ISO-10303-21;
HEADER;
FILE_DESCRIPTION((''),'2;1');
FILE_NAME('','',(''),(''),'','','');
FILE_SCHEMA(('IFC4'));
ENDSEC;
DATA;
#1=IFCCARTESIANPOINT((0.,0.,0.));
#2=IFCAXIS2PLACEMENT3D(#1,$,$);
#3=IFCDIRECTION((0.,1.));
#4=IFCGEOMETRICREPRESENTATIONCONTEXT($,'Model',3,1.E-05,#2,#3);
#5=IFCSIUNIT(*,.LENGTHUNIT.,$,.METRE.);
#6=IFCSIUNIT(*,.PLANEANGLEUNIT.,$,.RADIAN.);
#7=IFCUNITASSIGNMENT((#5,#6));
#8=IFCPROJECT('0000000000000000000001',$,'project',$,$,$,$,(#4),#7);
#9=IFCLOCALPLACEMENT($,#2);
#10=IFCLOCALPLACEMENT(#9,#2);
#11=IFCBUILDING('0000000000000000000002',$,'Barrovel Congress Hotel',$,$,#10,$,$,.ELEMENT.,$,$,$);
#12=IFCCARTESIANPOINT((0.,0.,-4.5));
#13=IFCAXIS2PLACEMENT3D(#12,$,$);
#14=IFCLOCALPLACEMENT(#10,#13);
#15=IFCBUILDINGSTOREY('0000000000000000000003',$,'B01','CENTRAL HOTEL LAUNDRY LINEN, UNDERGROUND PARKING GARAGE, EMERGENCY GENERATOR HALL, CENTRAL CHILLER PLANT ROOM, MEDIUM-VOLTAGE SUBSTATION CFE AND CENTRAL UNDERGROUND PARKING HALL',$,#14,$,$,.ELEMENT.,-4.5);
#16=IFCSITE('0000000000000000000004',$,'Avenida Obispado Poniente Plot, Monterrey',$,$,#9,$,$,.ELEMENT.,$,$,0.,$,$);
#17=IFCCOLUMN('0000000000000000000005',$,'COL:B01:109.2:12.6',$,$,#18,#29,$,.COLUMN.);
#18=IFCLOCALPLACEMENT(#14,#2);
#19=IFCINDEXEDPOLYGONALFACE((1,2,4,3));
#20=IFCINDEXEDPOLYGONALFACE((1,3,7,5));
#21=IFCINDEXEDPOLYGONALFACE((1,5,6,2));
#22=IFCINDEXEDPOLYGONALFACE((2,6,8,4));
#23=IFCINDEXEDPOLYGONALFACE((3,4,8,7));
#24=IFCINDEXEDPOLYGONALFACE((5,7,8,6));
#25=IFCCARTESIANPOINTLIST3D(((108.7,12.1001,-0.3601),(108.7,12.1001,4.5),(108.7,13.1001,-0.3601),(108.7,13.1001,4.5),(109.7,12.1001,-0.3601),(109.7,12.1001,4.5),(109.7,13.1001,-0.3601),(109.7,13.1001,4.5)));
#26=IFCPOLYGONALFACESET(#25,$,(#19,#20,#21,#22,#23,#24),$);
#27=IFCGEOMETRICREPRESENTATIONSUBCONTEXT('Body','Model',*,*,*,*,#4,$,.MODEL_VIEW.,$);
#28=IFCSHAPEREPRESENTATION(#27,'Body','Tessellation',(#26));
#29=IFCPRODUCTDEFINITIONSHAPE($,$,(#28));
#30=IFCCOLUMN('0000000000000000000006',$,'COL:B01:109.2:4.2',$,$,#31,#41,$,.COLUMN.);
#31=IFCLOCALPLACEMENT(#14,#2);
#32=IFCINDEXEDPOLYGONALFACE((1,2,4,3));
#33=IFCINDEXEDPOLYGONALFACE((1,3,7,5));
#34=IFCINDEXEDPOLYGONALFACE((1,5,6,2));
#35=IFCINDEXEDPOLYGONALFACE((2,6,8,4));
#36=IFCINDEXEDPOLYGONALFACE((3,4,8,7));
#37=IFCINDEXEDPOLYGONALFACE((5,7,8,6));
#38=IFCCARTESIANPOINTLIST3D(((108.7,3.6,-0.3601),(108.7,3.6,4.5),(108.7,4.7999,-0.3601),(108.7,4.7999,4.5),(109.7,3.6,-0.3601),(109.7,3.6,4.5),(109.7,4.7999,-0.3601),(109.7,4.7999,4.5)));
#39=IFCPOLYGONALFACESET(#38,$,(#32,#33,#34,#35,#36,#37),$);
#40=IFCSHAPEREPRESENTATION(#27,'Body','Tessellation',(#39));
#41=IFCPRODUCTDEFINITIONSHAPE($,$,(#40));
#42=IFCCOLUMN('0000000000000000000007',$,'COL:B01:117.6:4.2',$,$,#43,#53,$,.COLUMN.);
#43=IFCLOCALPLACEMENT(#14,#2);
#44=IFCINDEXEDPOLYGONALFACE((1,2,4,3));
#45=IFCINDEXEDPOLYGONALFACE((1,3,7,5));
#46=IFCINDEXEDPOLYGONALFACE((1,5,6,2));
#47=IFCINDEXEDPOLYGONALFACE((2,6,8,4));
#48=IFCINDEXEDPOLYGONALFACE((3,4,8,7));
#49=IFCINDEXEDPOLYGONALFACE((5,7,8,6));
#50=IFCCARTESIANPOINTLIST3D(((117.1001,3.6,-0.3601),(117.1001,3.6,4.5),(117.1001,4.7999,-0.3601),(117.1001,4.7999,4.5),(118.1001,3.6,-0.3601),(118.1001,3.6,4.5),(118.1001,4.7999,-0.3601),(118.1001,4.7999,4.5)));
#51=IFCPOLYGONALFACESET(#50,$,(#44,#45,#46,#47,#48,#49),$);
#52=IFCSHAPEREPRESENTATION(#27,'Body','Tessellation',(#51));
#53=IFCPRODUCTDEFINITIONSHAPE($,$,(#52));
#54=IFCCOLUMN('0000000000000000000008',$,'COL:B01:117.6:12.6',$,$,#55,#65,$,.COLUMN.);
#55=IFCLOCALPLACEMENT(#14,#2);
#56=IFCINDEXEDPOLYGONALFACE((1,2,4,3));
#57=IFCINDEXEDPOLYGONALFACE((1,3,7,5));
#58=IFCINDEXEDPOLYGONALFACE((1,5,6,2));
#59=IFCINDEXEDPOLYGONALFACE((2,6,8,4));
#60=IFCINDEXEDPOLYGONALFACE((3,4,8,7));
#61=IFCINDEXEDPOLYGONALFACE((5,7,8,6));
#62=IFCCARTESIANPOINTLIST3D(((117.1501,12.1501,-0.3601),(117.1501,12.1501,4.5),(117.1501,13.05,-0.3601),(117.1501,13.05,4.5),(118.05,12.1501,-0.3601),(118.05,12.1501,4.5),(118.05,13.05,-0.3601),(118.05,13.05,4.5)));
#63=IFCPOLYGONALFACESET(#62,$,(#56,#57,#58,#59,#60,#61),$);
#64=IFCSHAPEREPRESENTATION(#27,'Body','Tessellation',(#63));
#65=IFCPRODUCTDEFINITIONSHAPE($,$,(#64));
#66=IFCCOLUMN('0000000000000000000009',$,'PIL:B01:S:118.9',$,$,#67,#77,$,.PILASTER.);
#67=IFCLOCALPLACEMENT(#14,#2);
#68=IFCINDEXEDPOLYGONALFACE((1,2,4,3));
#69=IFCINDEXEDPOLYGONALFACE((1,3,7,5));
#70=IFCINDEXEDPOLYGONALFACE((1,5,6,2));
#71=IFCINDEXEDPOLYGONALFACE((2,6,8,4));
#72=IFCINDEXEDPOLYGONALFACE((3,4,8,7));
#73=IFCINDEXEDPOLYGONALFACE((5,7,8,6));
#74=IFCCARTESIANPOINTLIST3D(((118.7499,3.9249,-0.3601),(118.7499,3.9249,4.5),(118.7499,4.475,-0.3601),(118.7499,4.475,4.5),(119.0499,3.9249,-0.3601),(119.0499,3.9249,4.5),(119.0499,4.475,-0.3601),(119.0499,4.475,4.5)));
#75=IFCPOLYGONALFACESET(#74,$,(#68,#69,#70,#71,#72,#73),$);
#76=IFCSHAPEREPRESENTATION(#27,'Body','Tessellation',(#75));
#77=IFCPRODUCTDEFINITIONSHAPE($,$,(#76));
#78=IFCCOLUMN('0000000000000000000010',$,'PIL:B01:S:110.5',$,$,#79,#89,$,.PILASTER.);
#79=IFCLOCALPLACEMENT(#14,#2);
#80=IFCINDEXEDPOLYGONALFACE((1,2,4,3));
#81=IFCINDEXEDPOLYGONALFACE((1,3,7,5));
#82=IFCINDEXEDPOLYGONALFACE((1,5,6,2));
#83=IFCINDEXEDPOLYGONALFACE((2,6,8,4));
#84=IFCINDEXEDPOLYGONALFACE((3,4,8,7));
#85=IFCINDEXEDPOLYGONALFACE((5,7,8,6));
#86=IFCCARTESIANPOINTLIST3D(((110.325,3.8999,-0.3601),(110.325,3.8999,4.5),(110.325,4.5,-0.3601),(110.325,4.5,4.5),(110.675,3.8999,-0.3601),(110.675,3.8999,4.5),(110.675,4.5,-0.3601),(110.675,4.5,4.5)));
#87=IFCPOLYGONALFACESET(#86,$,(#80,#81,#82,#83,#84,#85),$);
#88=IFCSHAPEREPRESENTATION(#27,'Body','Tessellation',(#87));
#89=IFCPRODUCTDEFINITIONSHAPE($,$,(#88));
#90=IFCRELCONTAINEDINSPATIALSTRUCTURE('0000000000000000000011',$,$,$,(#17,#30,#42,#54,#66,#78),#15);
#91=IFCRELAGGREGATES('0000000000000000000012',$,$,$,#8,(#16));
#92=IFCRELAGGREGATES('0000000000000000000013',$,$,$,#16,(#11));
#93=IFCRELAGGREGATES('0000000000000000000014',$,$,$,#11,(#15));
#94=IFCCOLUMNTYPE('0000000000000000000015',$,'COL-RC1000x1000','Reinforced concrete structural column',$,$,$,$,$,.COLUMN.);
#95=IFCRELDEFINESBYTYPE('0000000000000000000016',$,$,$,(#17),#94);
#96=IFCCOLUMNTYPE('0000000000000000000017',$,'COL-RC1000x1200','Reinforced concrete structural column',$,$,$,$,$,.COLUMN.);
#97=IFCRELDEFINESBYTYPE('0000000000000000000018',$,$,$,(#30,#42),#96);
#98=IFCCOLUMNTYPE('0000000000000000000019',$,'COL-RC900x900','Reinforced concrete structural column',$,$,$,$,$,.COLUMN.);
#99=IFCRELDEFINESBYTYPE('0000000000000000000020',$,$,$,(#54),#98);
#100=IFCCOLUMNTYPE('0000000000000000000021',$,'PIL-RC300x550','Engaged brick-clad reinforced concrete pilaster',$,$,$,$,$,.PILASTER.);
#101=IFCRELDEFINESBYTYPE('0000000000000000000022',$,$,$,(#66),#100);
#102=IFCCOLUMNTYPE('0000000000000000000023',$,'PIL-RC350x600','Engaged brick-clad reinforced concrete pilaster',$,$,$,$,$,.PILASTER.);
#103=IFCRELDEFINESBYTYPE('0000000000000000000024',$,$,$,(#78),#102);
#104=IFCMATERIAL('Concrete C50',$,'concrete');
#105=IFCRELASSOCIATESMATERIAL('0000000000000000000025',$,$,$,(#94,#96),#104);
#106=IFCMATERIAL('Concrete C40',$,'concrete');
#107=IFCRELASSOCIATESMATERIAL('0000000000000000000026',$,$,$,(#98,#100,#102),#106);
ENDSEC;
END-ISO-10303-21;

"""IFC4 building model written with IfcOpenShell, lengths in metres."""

from ifc_helpers import new_model, si_unit, direction, frame, origin, origin_2d, place, context, subcontext, project, spatial, rectangle, extrude, material, material_profile, profile_set, type_object, element, save


model = new_model("IFC4")

# Units and contexts
model_context = context("Model", 3, precision=1e-05, world=origin(), true_north=direction((0.0, 1.0)))
body_context = subcontext(model_context, "Body", "Model", "MODEL_VIEW")
ifc_project = project(units=[si_unit("LENGTHUNIT", "METRE"), si_unit("PLANEANGLEUNIT", "RADIAN")], contexts=[model_context])

# Site, building, storey
site_placement = place(None, origin())
site = spatial("IfcSite", under=ifc_project, at=site_placement, Name="Avenida Obispado Poniente Plot, Monterrey", CompositionType="ELEMENT", RefElevation=0.0)
building_placement = place(site_placement, origin())
building = spatial("IfcBuilding", under=site, at=building_placement, Name="Barrovel Congress Hotel", CompositionType="ELEMENT")
storey_placement = place(building_placement, frame((0.0, 0.0, -4.5)))
storey = spatial("IfcBuildingStorey", under=building, at=storey_placement, Name="B01", Description="CENTRAL HOTEL LAUNDRY LINEN, UNDERGROUND PARKING GARAGE, EMERGENCY GENERATOR HALL, CENTRAL CHILLER PLANT ROOM, MEDIUM-VOLTAGE SUBSTATION CFE AND CENTRAL UNDERGROUND PARKING HALL", CompositionType="ELEMENT", Elevation=-4.5)

# Shared definitions
ifc_material_1 = material(Name="Concrete C40", Category="concrete")

# Columns
ifc_material_2 = material(Name="Concrete C50", Category="concrete")
ifc_material_profile_1 = material_profile(ifc_material_2, rectangle(XDim=1.0, YDim=1.0, at=origin_2d()), Name="RC1000x1000")
ifc_profile_set_1 = profile_set([ifc_material_profile_1], Name="Concrete C50")
column_type_1 = type_object("IfcColumnType", Name="COL-RC1000x1000", Description="Reinforced concrete structural column", PredefinedType="COLUMN", material=ifc_profile_set_1)
column_1_placement = place(storey_placement, frame((109.2, 12.6001, -0.3601), z_axis=(0.0, 0.0, 1.0), x_axis=(1.0, 0.0, 0.0)))
element("IfcColumn", 1, at=column_1_placement, inside=storey, type_object=column_type_1, Name="COL:B01:109.2:12.6", PredefinedType="COLUMN", context=body_context, shape_type="SweptSolid", body=[
    extrude(rectangle(XDim=1.0, YDim=1.0, at=origin_2d()), origin(), (0.0, 0.0, 1.0), 4.8601),
])
ifc_material_profile_2 = material_profile(ifc_material_2, rectangle(XDim=1.0, YDim=1.2, at=origin_2d()), Name="RC1000x1200")
ifc_profile_set_2 = profile_set([ifc_material_profile_2], Name="Concrete C50")
column_type_2 = type_object("IfcColumnType", Name="COL-RC1000x1200", Description="Reinforced concrete structural column", PredefinedType="COLUMN", material=ifc_profile_set_2)
for number, where, z_axis, x_axis, name in (
    (2, (109.2, 4.2, -0.3601), (0.0, 0.0, 1.0), (1.0, 0.0, 0.0), "COL:B01:109.2:4.2"),
    (3, (117.6001, 4.2, -0.3601), (0.0, 0.0, 1.0), (1.0, 0.0, 0.0), "COL:B01:117.6:4.2"),
):
    element("IfcColumn", number, at=place(storey_placement, frame(where, z_axis=z_axis, x_axis=x_axis)), inside=storey, type_object=column_type_2, Name=name, PredefinedType="COLUMN", context=body_context, shape_type="SweptSolid", body=[
        extrude(rectangle(XDim=1.0, YDim=1.2, at=origin_2d()), origin(), (0.0, 0.0, 1.0), 4.8601),
    ])
ifc_material_profile_3 = material_profile(ifc_material_1, rectangle(XDim=0.8999, YDim=0.8999, at=origin_2d()), Name="RC900x900")
ifc_profile_set_3 = profile_set([ifc_material_profile_3], Name="Concrete C40")
column_type_3 = type_object("IfcColumnType", Name="COL-RC900x900", Description="Reinforced concrete structural column", PredefinedType="COLUMN", material=ifc_profile_set_3)
column_2_placement = place(storey_placement, frame((117.6001, 12.6001, -0.3601), z_axis=(0.0, 0.0, 1.0), x_axis=(1.0, 0.0, 0.0)))
element("IfcColumn", 4, at=column_2_placement, inside=storey, type_object=column_type_3, Name="COL:B01:117.6:12.6", PredefinedType="COLUMN", context=body_context, shape_type="SweptSolid", body=[
    extrude(rectangle(XDim=0.8999, YDim=0.8999, at=origin_2d()), origin(), (0.0, 0.0, 1.0), 4.8601),
])
ifc_material_profile_4 = material_profile(ifc_material_1, rectangle(XDim=0.3, YDim=0.55, at=origin_2d()), Name="RC300x550")
ifc_profile_set_4 = profile_set([ifc_material_profile_4], Name="Concrete C40")
column_type_4 = type_object("IfcColumnType", Name="PIL-RC300x550", Description="Engaged brick-clad reinforced concrete pilaster", PredefinedType="PILASTER", material=ifc_profile_set_4)
column_3_placement = place(storey_placement, frame((118.8999, 4.2, -0.3601), z_axis=(0.0, 0.0, 1.0), x_axis=(1.0, 0.0, 0.0)))
element("IfcColumn", 5, at=column_3_placement, inside=storey, type_object=column_type_4, Name="PIL:B01:S:118.9", PredefinedType="PILASTER", context=body_context, shape_type="SweptSolid", body=[
    extrude(rectangle(XDim=0.3, YDim=0.55, at=origin_2d()), origin(), (0.0, 0.0, 1.0), 4.8601),
])
ifc_material_profile_5 = material_profile(ifc_material_1, rectangle(XDim=0.3501, YDim=0.6001, at=origin_2d()), Name="RC350x600")
ifc_profile_set_5 = profile_set([ifc_material_profile_5], Name="Concrete C40")
column_type_5 = type_object("IfcColumnType", Name="PIL-RC350x600", Description="Engaged brick-clad reinforced concrete pilaster", PredefinedType="PILASTER", material=ifc_profile_set_5)
column_4_placement = place(storey_placement, frame((110.5, 4.2, -0.3601), z_axis=(0.0, 0.0, 1.0), x_axis=(1.0, 0.0, 0.0)))
element("IfcColumn", 6, at=column_4_placement, inside=storey, type_object=column_type_5, Name="PIL:B01:S:110.5", PredefinedType="PILASTER", context=body_context, shape_type="SweptSolid", body=[
    extrude(rectangle(XDim=0.3501, YDim=0.6001, at=origin_2d()), origin(), (0.0, 0.0, 1.0), 4.8601),
])

save(model, "model.ifc")
